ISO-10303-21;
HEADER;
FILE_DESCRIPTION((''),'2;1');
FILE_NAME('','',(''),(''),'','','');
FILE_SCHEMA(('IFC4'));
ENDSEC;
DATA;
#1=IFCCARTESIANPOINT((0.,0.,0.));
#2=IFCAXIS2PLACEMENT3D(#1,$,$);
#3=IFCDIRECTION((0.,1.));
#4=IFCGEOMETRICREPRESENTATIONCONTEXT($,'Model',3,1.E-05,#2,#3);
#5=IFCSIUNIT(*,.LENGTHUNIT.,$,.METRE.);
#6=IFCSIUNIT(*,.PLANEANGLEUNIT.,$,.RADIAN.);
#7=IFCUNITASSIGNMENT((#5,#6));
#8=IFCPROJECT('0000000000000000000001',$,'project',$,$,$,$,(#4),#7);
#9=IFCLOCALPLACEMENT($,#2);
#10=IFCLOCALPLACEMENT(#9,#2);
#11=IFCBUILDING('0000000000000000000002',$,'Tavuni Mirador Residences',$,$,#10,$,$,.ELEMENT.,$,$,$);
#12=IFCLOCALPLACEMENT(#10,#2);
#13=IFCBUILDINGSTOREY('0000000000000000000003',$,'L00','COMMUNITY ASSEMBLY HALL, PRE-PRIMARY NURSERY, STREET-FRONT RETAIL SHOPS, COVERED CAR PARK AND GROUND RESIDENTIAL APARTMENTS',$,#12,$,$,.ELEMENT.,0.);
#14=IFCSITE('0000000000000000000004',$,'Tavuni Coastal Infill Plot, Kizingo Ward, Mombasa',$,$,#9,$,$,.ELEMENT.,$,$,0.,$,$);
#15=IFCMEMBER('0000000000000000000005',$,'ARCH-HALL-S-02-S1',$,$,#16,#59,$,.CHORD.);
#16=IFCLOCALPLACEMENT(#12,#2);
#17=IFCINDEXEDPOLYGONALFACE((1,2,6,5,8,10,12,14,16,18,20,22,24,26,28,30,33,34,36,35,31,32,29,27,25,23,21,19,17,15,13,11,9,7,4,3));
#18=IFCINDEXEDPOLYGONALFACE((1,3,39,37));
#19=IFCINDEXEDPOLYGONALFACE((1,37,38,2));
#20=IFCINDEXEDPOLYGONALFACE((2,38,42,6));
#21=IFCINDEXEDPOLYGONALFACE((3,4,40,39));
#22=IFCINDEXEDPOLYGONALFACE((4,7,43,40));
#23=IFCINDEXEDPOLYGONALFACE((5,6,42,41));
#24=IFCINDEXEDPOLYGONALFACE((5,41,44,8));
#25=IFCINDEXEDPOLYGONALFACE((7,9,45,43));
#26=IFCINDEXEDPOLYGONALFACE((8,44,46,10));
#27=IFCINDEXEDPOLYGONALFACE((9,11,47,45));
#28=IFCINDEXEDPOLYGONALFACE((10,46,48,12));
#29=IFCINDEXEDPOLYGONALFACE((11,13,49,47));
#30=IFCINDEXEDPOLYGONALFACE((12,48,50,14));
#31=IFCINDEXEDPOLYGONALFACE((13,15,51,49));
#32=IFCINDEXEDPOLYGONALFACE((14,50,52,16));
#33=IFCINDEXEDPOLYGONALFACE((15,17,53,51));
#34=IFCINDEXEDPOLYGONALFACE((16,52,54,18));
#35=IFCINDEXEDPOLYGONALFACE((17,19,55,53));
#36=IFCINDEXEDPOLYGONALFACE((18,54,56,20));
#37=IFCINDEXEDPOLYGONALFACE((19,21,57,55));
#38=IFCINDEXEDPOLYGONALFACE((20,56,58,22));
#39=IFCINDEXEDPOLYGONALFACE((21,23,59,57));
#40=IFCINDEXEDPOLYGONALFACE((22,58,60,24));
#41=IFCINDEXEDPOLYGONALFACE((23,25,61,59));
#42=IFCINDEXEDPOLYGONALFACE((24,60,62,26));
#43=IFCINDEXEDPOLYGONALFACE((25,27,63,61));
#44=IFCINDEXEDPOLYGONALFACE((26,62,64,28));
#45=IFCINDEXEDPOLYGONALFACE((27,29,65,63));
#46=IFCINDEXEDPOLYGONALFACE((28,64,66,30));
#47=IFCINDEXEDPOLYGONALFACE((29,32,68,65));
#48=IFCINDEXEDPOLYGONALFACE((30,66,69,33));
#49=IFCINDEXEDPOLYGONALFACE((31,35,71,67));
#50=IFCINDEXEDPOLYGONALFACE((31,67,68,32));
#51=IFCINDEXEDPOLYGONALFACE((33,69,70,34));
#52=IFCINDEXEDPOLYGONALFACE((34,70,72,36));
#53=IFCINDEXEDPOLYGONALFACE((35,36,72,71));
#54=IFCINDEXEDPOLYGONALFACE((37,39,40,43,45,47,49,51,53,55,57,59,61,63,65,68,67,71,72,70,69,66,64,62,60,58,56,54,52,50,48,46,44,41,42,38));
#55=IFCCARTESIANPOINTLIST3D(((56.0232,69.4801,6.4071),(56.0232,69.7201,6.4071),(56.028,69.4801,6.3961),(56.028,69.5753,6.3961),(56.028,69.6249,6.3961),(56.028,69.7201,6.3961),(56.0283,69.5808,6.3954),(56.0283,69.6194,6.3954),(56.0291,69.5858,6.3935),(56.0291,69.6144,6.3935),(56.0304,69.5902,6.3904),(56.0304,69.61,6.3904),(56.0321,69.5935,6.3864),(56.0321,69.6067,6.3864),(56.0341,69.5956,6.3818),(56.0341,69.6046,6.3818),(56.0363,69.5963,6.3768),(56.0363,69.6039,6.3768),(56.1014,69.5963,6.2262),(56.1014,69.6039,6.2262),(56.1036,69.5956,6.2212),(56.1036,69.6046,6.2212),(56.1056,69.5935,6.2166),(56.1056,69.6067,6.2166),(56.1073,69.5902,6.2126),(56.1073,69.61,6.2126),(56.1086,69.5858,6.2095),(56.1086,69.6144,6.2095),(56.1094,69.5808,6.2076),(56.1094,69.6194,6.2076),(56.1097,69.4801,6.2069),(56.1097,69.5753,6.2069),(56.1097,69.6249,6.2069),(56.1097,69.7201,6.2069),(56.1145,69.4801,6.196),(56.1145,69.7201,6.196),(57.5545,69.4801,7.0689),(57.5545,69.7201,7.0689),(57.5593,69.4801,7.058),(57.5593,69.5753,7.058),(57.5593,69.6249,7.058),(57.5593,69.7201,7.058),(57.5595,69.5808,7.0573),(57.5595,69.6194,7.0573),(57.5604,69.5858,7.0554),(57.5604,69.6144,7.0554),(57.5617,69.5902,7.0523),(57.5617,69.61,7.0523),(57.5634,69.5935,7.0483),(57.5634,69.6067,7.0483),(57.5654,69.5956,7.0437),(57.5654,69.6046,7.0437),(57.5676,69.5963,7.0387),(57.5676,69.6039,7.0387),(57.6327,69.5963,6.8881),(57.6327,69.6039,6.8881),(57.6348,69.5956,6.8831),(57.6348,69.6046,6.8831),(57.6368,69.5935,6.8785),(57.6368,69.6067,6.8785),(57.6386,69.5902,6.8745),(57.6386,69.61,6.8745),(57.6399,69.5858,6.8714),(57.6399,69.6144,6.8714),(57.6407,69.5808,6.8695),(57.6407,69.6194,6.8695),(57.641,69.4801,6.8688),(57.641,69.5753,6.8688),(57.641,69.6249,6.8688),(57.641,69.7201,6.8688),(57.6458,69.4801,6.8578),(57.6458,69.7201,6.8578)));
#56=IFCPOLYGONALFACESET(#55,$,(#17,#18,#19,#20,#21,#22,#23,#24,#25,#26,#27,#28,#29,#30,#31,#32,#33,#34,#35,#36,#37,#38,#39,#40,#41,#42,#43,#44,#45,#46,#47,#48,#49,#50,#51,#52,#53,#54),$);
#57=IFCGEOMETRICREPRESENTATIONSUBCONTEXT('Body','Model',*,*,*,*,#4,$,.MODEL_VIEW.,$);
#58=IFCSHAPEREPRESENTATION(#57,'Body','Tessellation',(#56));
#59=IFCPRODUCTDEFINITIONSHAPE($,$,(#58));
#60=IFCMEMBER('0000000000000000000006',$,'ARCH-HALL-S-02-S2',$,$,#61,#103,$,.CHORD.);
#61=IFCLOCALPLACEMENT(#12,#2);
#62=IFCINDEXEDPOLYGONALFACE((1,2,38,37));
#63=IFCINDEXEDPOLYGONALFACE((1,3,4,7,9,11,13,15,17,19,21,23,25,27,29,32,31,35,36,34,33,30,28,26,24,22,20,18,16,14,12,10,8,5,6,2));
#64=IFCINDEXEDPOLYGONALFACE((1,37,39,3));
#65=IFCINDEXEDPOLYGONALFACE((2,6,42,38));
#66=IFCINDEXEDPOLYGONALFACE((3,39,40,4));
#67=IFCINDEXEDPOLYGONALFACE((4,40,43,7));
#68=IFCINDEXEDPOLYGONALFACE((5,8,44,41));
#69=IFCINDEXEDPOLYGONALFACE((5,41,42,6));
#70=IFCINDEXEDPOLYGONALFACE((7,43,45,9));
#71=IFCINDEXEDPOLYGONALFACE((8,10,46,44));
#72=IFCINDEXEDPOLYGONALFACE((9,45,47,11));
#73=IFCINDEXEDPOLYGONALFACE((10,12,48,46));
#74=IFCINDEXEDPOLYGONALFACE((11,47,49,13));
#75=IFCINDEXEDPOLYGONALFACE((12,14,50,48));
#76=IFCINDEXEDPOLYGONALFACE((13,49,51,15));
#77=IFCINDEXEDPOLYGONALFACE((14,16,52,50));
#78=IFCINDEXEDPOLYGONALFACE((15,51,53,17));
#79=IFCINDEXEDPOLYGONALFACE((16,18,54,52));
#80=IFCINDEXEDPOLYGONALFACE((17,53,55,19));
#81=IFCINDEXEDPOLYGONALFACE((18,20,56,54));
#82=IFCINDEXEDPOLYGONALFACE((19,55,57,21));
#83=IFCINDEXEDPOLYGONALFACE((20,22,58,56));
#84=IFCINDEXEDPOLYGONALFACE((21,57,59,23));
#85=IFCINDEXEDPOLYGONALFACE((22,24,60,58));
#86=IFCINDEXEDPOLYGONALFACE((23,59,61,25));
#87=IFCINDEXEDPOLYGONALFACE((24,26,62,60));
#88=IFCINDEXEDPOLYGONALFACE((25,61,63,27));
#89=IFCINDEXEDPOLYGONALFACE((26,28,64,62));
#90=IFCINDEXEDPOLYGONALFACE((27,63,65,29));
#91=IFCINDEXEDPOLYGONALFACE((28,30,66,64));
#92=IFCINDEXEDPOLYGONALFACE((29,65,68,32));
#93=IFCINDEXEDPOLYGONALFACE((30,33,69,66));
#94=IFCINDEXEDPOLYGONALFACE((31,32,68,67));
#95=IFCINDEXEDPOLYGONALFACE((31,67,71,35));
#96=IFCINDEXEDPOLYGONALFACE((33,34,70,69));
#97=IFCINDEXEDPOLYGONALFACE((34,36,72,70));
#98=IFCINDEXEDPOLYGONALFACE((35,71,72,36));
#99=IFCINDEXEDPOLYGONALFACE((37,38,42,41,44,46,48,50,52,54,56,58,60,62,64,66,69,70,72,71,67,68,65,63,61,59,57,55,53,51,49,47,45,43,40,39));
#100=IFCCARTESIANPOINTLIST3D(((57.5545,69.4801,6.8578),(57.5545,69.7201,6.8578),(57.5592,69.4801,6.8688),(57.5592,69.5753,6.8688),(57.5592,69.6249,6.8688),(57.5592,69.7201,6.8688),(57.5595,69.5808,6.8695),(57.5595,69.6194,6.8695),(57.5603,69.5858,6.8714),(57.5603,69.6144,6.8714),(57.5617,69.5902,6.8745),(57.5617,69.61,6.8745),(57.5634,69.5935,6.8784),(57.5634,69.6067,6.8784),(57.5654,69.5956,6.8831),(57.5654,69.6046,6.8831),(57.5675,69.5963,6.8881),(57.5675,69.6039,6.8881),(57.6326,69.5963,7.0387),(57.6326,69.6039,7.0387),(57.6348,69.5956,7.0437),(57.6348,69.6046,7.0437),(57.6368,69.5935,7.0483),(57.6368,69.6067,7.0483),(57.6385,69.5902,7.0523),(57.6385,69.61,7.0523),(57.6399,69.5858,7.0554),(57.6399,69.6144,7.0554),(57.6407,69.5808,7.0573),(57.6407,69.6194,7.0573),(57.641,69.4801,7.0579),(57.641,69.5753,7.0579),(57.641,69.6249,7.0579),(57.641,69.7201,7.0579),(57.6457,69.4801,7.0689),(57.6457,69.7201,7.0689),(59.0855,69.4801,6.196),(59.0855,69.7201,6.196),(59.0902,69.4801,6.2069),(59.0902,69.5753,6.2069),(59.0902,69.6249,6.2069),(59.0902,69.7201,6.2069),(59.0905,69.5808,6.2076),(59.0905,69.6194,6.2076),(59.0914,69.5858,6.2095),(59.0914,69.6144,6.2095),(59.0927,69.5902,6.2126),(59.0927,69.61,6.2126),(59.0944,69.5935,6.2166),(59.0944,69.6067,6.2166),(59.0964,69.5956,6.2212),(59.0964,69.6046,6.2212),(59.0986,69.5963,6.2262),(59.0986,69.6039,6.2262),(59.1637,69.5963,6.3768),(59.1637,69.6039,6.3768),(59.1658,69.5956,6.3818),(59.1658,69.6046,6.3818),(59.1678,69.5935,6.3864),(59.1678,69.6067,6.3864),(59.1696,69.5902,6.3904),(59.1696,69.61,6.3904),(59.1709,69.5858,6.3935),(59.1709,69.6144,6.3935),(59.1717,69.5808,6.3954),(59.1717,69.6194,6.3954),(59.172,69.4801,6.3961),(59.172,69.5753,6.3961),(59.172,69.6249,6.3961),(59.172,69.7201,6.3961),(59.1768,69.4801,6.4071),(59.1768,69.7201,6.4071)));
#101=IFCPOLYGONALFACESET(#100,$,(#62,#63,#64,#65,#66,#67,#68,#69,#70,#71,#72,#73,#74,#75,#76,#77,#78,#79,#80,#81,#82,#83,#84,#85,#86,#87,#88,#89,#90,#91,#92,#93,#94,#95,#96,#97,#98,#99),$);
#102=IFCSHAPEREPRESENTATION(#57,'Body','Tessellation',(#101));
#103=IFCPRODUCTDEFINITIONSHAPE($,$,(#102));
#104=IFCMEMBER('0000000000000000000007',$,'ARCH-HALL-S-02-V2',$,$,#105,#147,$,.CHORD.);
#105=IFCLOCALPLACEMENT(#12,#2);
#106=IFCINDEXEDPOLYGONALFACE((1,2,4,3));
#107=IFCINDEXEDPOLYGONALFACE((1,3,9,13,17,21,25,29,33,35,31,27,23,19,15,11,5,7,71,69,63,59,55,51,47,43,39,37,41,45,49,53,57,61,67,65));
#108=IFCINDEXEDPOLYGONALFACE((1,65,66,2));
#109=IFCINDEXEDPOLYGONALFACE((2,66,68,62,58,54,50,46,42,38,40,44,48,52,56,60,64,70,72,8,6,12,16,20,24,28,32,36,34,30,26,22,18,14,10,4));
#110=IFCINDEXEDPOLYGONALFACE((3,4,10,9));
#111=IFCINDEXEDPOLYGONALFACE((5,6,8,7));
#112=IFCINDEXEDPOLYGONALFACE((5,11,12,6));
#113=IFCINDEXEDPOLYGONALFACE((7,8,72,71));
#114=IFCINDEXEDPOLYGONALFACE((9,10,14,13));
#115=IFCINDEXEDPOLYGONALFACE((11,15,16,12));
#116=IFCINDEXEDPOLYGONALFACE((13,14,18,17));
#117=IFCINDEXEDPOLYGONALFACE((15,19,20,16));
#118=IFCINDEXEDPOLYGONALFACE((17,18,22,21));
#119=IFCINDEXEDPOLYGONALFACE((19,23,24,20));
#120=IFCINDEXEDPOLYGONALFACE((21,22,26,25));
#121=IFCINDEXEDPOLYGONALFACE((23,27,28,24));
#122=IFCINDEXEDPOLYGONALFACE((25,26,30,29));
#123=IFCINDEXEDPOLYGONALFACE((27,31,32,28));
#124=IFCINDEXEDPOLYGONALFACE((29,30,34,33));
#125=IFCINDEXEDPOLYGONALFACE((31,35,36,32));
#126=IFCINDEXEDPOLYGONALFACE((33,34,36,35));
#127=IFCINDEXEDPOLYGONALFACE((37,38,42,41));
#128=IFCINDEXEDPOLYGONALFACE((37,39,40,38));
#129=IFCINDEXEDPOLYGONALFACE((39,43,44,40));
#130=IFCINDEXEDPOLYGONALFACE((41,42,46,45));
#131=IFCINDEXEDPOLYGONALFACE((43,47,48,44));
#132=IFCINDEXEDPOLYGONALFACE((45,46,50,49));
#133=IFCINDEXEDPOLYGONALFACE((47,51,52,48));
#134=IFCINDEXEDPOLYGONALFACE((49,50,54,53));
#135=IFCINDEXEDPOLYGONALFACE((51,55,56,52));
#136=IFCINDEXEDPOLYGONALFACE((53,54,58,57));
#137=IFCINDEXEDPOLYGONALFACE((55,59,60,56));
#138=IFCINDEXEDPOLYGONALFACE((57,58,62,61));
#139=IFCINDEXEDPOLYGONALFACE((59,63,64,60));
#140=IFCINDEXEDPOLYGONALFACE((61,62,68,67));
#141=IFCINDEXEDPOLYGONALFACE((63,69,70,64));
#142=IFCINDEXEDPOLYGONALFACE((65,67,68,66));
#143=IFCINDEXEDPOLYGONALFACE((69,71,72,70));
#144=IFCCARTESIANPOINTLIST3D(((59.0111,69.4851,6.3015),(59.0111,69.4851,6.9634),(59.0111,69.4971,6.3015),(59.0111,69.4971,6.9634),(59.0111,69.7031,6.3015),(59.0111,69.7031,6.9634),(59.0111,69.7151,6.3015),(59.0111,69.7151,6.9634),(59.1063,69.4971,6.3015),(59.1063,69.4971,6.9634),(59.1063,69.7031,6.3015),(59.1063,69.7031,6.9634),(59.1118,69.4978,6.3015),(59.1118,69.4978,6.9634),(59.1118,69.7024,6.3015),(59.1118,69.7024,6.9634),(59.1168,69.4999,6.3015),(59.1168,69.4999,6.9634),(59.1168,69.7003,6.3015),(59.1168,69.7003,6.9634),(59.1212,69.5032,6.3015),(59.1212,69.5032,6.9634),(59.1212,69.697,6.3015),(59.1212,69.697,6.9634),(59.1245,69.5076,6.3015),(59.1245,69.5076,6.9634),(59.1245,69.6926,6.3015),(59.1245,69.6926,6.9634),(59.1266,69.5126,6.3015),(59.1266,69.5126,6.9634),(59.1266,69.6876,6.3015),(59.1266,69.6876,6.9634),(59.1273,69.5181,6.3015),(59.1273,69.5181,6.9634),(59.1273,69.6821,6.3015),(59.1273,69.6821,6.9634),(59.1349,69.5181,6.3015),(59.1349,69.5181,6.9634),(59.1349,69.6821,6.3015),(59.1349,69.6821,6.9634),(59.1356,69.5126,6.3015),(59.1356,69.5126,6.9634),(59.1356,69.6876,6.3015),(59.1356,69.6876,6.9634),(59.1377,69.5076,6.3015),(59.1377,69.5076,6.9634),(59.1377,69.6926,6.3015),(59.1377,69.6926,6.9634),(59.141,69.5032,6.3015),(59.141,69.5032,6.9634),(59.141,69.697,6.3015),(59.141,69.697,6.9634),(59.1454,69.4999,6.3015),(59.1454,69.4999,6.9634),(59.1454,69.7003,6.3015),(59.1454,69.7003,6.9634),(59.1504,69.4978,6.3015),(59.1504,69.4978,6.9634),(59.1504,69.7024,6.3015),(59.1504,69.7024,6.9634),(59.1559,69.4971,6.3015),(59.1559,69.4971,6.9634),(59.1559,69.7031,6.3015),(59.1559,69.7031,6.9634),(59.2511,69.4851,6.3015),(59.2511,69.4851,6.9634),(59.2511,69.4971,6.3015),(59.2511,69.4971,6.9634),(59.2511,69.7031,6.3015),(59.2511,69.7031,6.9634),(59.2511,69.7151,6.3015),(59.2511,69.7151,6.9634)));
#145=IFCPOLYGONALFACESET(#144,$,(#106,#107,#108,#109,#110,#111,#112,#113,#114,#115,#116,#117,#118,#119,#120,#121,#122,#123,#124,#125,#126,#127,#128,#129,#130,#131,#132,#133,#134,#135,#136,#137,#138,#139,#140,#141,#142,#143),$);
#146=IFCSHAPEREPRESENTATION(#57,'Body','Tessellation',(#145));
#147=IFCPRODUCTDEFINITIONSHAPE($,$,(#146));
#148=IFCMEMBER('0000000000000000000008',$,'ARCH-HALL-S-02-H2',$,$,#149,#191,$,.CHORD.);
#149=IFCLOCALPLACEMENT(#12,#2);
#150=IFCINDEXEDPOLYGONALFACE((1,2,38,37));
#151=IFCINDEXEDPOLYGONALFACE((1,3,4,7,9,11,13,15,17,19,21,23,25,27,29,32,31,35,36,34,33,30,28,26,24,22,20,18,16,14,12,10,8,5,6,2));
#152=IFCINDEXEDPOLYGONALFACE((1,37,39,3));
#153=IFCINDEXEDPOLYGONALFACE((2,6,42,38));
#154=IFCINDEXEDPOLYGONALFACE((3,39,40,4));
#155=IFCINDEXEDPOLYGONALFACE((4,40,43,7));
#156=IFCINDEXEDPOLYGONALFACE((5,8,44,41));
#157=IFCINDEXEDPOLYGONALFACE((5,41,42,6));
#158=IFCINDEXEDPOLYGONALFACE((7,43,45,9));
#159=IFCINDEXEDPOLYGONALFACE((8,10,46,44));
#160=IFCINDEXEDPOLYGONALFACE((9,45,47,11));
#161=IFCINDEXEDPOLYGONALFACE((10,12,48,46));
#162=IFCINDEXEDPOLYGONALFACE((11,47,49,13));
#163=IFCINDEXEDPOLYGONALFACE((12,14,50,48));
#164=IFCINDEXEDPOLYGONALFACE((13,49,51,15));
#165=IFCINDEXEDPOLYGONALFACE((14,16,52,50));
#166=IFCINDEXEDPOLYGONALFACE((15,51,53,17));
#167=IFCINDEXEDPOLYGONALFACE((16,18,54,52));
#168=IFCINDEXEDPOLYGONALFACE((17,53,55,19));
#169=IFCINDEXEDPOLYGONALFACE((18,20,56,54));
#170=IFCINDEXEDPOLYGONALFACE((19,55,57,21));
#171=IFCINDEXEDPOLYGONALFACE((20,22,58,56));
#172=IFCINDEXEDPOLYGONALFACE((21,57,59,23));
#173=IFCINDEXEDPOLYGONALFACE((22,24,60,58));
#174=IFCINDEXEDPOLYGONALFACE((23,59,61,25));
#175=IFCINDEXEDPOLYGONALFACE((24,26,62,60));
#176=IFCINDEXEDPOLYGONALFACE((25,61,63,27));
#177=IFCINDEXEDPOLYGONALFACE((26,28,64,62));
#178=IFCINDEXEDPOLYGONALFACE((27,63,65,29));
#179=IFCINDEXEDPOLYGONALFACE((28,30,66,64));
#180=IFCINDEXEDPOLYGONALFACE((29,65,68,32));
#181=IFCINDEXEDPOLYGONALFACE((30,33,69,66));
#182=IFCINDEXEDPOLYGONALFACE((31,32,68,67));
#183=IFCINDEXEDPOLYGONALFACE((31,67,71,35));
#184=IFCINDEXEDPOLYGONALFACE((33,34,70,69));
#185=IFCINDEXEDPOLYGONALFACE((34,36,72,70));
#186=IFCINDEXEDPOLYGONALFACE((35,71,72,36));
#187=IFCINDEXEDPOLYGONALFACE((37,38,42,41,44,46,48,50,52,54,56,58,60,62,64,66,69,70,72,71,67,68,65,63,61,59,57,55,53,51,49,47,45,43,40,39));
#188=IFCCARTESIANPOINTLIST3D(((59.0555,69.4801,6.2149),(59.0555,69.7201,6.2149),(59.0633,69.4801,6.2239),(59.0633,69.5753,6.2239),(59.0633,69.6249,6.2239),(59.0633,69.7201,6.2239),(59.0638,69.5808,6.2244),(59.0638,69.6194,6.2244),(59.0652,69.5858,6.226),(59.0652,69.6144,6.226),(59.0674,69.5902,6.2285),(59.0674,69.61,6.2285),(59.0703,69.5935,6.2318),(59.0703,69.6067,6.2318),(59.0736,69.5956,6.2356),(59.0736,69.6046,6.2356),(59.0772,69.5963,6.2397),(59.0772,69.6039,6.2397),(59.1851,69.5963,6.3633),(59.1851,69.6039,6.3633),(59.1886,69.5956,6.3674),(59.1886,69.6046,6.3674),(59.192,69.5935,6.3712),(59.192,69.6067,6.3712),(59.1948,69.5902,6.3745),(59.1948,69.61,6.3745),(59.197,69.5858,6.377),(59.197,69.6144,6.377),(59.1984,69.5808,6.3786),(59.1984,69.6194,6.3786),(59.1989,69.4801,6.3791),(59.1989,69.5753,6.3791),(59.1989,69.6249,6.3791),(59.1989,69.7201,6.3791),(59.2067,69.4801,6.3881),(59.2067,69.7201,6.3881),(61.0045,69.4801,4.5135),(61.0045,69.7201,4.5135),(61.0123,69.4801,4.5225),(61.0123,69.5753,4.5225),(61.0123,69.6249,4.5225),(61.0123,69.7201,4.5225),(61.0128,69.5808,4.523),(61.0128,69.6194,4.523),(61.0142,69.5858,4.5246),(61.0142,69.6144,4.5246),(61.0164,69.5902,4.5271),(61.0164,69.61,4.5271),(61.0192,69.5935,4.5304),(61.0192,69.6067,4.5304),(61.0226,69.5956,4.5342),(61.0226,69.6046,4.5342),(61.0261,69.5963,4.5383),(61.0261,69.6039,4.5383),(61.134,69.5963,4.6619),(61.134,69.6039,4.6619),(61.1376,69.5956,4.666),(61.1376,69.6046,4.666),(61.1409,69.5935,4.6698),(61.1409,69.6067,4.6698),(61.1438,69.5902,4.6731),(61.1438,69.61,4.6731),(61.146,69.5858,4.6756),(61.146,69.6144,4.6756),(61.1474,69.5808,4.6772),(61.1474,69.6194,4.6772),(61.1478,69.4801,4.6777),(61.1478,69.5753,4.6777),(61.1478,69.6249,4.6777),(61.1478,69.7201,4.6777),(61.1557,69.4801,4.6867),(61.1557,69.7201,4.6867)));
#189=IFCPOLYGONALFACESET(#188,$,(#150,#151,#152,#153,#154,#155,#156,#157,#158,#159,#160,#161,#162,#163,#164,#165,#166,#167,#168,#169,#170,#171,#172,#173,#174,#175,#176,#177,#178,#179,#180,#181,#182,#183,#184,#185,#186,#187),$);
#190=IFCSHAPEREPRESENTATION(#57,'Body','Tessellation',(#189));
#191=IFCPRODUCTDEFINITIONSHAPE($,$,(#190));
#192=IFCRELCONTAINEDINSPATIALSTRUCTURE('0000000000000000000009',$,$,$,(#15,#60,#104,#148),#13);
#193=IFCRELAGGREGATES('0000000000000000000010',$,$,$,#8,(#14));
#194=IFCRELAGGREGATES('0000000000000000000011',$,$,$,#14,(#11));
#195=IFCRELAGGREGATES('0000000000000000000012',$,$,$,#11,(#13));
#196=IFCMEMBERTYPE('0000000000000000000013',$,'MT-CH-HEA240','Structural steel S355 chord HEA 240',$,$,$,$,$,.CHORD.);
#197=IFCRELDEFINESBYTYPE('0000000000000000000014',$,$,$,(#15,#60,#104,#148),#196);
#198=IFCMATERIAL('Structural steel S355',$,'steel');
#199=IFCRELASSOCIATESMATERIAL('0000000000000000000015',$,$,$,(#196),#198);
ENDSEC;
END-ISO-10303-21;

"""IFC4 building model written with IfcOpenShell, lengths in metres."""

from ifc_helpers import new_model, si_unit, direction, frame, origin, origin_2d, place, context, subcontext, project, spatial, i_section, extrude, material, material_profile, profile_set, type_object, element, save


model = new_model("IFC4")

# Units and contexts
model_context = context("Model", 3, precision=1e-05, world=origin(), true_north=direction((0.0, 1.0)))
body_context = subcontext(model_context, "Body", "Model", "MODEL_VIEW")
ifc_project = project(units=[si_unit("LENGTHUNIT", "METRE"), si_unit("PLANEANGLEUNIT", "RADIAN")], contexts=[model_context])

# Site, building, storey
site_placement = place(None, origin())
site = spatial("IfcSite", under=ifc_project, at=site_placement, Name="Tavuni Coastal Infill Plot, Kizingo Ward, Mombasa", CompositionType="ELEMENT", RefElevation=0.0)
building_placement = place(site_placement, origin())
building = spatial("IfcBuilding", under=site, at=building_placement, Name="Tavuni Mirador Residences", CompositionType="ELEMENT")
storey_placement = place(building_placement, origin())
storey = spatial("IfcBuildingStorey", under=building, at=storey_placement, Name="L00", Description="COMMUNITY ASSEMBLY HALL, PRE-PRIMARY NURSERY, STREET-FRONT RETAIL SHOPS, COVERED CAR PARK AND GROUND RESIDENTIAL APARTMENTS", CompositionType="ELEMENT", Elevation=0.0)

# Shared definitions
ifc_material = material(Name="Structural steel S355", Category="steel")

# Members
ifc_material_profile_1 = material_profile(ifc_material, i_section(OverallWidth=0.24, OverallDepth=0.23, WebThickness=0.0076, FlangeThickness=0.012, FilletRadius=0.021, at=origin_2d()), Name="HEA 240", Category="steel")
ifc_profile_set_1 = profile_set([ifc_material_profile_1], Name="Structural steel S355")
member_type = type_object("IfcMemberType", Name="MT-CH-HEA240", Description="Structural steel S355 chord HEA 240", PredefinedType="CHORD", material=ifc_profile_set_1)
member_1_placement = place(storey_placement, frame((56.0688, 69.6001, 6.3015), z_axis=(0.917922, 0.0, 0.396761), x_axis=(0.0, 1.0, 0.0)))
element("IfcMember", 1, at=member_1_placement, inside=storey, type_object=member_type, Name="ARCH-HALL-S-02-S1", PredefinedType="CHORD", context=body_context, shape_type="SweptSolid", body=[
    extrude(i_section(OverallWidth=0.24, OverallDepth=0.23, WebThickness=0.0076, FlangeThickness=0.012, FilletRadius=0.021, at=origin_2d()), origin(), (0.0, 0.0, 1.0), 1.6682),
])
member_2_placement = place(storey_placement, frame((57.6001, 69.6001, 6.9634), z_axis=(0.917899, 0.0, -0.396814), x_axis=(0.0, 1.0, 0.0)))
element("IfcMember", 2, at=member_2_placement, inside=storey, type_object=member_type, Name="ARCH-HALL-S-02-S2", PredefinedType="CHORD", context=body_context, shape_type="SweptSolid", body=[
    extrude(i_section(OverallWidth=0.24, OverallDepth=0.23, WebThickness=0.0076, FlangeThickness=0.012, FilletRadius=0.021, at=origin_2d()), origin(), (0.0, 0.0, 1.0), 1.668),
])
member_3_placement = place(storey_placement, frame((59.1311, 69.6001, 6.3015), z_axis=(0.0, 0.0, 1.0), x_axis=(1.0, 0.0, 0.0)))
element("IfcMember", 3, at=member_3_placement, inside=storey, type_object=member_type, Name="ARCH-HALL-S-02-V2", PredefinedType="CHORD", context=body_context, shape_type="SweptSolid", body=[
    extrude(i_section(OverallWidth=0.24, OverallDepth=0.23, WebThickness=0.0076, FlangeThickness=0.012, FilletRadius=0.021, at=origin_2d()), origin(), (0.0, 0.0, 1.0), 0.6619),
])
member_4_placement = place(storey_placement, frame((59.1311, 69.6001, 6.3015), z_axis=(0.75333, 0.0, -0.657642), x_axis=(0.0, 1.0, 0.0)))
element("IfcMember", 4, at=member_4_placement, inside=storey, type_object=member_type, Name="ARCH-HALL-S-02-H2", PredefinedType="CHORD", context=body_context, shape_type="SweptSolid", body=[
    extrude(i_section(OverallWidth=0.24, OverallDepth=0.23, WebThickness=0.0076, FlangeThickness=0.012, FilletRadius=0.021, at=origin_2d()), origin(), (0.0, 0.0, 1.0), 2.5872),
])

save(model, "model.ifc")
